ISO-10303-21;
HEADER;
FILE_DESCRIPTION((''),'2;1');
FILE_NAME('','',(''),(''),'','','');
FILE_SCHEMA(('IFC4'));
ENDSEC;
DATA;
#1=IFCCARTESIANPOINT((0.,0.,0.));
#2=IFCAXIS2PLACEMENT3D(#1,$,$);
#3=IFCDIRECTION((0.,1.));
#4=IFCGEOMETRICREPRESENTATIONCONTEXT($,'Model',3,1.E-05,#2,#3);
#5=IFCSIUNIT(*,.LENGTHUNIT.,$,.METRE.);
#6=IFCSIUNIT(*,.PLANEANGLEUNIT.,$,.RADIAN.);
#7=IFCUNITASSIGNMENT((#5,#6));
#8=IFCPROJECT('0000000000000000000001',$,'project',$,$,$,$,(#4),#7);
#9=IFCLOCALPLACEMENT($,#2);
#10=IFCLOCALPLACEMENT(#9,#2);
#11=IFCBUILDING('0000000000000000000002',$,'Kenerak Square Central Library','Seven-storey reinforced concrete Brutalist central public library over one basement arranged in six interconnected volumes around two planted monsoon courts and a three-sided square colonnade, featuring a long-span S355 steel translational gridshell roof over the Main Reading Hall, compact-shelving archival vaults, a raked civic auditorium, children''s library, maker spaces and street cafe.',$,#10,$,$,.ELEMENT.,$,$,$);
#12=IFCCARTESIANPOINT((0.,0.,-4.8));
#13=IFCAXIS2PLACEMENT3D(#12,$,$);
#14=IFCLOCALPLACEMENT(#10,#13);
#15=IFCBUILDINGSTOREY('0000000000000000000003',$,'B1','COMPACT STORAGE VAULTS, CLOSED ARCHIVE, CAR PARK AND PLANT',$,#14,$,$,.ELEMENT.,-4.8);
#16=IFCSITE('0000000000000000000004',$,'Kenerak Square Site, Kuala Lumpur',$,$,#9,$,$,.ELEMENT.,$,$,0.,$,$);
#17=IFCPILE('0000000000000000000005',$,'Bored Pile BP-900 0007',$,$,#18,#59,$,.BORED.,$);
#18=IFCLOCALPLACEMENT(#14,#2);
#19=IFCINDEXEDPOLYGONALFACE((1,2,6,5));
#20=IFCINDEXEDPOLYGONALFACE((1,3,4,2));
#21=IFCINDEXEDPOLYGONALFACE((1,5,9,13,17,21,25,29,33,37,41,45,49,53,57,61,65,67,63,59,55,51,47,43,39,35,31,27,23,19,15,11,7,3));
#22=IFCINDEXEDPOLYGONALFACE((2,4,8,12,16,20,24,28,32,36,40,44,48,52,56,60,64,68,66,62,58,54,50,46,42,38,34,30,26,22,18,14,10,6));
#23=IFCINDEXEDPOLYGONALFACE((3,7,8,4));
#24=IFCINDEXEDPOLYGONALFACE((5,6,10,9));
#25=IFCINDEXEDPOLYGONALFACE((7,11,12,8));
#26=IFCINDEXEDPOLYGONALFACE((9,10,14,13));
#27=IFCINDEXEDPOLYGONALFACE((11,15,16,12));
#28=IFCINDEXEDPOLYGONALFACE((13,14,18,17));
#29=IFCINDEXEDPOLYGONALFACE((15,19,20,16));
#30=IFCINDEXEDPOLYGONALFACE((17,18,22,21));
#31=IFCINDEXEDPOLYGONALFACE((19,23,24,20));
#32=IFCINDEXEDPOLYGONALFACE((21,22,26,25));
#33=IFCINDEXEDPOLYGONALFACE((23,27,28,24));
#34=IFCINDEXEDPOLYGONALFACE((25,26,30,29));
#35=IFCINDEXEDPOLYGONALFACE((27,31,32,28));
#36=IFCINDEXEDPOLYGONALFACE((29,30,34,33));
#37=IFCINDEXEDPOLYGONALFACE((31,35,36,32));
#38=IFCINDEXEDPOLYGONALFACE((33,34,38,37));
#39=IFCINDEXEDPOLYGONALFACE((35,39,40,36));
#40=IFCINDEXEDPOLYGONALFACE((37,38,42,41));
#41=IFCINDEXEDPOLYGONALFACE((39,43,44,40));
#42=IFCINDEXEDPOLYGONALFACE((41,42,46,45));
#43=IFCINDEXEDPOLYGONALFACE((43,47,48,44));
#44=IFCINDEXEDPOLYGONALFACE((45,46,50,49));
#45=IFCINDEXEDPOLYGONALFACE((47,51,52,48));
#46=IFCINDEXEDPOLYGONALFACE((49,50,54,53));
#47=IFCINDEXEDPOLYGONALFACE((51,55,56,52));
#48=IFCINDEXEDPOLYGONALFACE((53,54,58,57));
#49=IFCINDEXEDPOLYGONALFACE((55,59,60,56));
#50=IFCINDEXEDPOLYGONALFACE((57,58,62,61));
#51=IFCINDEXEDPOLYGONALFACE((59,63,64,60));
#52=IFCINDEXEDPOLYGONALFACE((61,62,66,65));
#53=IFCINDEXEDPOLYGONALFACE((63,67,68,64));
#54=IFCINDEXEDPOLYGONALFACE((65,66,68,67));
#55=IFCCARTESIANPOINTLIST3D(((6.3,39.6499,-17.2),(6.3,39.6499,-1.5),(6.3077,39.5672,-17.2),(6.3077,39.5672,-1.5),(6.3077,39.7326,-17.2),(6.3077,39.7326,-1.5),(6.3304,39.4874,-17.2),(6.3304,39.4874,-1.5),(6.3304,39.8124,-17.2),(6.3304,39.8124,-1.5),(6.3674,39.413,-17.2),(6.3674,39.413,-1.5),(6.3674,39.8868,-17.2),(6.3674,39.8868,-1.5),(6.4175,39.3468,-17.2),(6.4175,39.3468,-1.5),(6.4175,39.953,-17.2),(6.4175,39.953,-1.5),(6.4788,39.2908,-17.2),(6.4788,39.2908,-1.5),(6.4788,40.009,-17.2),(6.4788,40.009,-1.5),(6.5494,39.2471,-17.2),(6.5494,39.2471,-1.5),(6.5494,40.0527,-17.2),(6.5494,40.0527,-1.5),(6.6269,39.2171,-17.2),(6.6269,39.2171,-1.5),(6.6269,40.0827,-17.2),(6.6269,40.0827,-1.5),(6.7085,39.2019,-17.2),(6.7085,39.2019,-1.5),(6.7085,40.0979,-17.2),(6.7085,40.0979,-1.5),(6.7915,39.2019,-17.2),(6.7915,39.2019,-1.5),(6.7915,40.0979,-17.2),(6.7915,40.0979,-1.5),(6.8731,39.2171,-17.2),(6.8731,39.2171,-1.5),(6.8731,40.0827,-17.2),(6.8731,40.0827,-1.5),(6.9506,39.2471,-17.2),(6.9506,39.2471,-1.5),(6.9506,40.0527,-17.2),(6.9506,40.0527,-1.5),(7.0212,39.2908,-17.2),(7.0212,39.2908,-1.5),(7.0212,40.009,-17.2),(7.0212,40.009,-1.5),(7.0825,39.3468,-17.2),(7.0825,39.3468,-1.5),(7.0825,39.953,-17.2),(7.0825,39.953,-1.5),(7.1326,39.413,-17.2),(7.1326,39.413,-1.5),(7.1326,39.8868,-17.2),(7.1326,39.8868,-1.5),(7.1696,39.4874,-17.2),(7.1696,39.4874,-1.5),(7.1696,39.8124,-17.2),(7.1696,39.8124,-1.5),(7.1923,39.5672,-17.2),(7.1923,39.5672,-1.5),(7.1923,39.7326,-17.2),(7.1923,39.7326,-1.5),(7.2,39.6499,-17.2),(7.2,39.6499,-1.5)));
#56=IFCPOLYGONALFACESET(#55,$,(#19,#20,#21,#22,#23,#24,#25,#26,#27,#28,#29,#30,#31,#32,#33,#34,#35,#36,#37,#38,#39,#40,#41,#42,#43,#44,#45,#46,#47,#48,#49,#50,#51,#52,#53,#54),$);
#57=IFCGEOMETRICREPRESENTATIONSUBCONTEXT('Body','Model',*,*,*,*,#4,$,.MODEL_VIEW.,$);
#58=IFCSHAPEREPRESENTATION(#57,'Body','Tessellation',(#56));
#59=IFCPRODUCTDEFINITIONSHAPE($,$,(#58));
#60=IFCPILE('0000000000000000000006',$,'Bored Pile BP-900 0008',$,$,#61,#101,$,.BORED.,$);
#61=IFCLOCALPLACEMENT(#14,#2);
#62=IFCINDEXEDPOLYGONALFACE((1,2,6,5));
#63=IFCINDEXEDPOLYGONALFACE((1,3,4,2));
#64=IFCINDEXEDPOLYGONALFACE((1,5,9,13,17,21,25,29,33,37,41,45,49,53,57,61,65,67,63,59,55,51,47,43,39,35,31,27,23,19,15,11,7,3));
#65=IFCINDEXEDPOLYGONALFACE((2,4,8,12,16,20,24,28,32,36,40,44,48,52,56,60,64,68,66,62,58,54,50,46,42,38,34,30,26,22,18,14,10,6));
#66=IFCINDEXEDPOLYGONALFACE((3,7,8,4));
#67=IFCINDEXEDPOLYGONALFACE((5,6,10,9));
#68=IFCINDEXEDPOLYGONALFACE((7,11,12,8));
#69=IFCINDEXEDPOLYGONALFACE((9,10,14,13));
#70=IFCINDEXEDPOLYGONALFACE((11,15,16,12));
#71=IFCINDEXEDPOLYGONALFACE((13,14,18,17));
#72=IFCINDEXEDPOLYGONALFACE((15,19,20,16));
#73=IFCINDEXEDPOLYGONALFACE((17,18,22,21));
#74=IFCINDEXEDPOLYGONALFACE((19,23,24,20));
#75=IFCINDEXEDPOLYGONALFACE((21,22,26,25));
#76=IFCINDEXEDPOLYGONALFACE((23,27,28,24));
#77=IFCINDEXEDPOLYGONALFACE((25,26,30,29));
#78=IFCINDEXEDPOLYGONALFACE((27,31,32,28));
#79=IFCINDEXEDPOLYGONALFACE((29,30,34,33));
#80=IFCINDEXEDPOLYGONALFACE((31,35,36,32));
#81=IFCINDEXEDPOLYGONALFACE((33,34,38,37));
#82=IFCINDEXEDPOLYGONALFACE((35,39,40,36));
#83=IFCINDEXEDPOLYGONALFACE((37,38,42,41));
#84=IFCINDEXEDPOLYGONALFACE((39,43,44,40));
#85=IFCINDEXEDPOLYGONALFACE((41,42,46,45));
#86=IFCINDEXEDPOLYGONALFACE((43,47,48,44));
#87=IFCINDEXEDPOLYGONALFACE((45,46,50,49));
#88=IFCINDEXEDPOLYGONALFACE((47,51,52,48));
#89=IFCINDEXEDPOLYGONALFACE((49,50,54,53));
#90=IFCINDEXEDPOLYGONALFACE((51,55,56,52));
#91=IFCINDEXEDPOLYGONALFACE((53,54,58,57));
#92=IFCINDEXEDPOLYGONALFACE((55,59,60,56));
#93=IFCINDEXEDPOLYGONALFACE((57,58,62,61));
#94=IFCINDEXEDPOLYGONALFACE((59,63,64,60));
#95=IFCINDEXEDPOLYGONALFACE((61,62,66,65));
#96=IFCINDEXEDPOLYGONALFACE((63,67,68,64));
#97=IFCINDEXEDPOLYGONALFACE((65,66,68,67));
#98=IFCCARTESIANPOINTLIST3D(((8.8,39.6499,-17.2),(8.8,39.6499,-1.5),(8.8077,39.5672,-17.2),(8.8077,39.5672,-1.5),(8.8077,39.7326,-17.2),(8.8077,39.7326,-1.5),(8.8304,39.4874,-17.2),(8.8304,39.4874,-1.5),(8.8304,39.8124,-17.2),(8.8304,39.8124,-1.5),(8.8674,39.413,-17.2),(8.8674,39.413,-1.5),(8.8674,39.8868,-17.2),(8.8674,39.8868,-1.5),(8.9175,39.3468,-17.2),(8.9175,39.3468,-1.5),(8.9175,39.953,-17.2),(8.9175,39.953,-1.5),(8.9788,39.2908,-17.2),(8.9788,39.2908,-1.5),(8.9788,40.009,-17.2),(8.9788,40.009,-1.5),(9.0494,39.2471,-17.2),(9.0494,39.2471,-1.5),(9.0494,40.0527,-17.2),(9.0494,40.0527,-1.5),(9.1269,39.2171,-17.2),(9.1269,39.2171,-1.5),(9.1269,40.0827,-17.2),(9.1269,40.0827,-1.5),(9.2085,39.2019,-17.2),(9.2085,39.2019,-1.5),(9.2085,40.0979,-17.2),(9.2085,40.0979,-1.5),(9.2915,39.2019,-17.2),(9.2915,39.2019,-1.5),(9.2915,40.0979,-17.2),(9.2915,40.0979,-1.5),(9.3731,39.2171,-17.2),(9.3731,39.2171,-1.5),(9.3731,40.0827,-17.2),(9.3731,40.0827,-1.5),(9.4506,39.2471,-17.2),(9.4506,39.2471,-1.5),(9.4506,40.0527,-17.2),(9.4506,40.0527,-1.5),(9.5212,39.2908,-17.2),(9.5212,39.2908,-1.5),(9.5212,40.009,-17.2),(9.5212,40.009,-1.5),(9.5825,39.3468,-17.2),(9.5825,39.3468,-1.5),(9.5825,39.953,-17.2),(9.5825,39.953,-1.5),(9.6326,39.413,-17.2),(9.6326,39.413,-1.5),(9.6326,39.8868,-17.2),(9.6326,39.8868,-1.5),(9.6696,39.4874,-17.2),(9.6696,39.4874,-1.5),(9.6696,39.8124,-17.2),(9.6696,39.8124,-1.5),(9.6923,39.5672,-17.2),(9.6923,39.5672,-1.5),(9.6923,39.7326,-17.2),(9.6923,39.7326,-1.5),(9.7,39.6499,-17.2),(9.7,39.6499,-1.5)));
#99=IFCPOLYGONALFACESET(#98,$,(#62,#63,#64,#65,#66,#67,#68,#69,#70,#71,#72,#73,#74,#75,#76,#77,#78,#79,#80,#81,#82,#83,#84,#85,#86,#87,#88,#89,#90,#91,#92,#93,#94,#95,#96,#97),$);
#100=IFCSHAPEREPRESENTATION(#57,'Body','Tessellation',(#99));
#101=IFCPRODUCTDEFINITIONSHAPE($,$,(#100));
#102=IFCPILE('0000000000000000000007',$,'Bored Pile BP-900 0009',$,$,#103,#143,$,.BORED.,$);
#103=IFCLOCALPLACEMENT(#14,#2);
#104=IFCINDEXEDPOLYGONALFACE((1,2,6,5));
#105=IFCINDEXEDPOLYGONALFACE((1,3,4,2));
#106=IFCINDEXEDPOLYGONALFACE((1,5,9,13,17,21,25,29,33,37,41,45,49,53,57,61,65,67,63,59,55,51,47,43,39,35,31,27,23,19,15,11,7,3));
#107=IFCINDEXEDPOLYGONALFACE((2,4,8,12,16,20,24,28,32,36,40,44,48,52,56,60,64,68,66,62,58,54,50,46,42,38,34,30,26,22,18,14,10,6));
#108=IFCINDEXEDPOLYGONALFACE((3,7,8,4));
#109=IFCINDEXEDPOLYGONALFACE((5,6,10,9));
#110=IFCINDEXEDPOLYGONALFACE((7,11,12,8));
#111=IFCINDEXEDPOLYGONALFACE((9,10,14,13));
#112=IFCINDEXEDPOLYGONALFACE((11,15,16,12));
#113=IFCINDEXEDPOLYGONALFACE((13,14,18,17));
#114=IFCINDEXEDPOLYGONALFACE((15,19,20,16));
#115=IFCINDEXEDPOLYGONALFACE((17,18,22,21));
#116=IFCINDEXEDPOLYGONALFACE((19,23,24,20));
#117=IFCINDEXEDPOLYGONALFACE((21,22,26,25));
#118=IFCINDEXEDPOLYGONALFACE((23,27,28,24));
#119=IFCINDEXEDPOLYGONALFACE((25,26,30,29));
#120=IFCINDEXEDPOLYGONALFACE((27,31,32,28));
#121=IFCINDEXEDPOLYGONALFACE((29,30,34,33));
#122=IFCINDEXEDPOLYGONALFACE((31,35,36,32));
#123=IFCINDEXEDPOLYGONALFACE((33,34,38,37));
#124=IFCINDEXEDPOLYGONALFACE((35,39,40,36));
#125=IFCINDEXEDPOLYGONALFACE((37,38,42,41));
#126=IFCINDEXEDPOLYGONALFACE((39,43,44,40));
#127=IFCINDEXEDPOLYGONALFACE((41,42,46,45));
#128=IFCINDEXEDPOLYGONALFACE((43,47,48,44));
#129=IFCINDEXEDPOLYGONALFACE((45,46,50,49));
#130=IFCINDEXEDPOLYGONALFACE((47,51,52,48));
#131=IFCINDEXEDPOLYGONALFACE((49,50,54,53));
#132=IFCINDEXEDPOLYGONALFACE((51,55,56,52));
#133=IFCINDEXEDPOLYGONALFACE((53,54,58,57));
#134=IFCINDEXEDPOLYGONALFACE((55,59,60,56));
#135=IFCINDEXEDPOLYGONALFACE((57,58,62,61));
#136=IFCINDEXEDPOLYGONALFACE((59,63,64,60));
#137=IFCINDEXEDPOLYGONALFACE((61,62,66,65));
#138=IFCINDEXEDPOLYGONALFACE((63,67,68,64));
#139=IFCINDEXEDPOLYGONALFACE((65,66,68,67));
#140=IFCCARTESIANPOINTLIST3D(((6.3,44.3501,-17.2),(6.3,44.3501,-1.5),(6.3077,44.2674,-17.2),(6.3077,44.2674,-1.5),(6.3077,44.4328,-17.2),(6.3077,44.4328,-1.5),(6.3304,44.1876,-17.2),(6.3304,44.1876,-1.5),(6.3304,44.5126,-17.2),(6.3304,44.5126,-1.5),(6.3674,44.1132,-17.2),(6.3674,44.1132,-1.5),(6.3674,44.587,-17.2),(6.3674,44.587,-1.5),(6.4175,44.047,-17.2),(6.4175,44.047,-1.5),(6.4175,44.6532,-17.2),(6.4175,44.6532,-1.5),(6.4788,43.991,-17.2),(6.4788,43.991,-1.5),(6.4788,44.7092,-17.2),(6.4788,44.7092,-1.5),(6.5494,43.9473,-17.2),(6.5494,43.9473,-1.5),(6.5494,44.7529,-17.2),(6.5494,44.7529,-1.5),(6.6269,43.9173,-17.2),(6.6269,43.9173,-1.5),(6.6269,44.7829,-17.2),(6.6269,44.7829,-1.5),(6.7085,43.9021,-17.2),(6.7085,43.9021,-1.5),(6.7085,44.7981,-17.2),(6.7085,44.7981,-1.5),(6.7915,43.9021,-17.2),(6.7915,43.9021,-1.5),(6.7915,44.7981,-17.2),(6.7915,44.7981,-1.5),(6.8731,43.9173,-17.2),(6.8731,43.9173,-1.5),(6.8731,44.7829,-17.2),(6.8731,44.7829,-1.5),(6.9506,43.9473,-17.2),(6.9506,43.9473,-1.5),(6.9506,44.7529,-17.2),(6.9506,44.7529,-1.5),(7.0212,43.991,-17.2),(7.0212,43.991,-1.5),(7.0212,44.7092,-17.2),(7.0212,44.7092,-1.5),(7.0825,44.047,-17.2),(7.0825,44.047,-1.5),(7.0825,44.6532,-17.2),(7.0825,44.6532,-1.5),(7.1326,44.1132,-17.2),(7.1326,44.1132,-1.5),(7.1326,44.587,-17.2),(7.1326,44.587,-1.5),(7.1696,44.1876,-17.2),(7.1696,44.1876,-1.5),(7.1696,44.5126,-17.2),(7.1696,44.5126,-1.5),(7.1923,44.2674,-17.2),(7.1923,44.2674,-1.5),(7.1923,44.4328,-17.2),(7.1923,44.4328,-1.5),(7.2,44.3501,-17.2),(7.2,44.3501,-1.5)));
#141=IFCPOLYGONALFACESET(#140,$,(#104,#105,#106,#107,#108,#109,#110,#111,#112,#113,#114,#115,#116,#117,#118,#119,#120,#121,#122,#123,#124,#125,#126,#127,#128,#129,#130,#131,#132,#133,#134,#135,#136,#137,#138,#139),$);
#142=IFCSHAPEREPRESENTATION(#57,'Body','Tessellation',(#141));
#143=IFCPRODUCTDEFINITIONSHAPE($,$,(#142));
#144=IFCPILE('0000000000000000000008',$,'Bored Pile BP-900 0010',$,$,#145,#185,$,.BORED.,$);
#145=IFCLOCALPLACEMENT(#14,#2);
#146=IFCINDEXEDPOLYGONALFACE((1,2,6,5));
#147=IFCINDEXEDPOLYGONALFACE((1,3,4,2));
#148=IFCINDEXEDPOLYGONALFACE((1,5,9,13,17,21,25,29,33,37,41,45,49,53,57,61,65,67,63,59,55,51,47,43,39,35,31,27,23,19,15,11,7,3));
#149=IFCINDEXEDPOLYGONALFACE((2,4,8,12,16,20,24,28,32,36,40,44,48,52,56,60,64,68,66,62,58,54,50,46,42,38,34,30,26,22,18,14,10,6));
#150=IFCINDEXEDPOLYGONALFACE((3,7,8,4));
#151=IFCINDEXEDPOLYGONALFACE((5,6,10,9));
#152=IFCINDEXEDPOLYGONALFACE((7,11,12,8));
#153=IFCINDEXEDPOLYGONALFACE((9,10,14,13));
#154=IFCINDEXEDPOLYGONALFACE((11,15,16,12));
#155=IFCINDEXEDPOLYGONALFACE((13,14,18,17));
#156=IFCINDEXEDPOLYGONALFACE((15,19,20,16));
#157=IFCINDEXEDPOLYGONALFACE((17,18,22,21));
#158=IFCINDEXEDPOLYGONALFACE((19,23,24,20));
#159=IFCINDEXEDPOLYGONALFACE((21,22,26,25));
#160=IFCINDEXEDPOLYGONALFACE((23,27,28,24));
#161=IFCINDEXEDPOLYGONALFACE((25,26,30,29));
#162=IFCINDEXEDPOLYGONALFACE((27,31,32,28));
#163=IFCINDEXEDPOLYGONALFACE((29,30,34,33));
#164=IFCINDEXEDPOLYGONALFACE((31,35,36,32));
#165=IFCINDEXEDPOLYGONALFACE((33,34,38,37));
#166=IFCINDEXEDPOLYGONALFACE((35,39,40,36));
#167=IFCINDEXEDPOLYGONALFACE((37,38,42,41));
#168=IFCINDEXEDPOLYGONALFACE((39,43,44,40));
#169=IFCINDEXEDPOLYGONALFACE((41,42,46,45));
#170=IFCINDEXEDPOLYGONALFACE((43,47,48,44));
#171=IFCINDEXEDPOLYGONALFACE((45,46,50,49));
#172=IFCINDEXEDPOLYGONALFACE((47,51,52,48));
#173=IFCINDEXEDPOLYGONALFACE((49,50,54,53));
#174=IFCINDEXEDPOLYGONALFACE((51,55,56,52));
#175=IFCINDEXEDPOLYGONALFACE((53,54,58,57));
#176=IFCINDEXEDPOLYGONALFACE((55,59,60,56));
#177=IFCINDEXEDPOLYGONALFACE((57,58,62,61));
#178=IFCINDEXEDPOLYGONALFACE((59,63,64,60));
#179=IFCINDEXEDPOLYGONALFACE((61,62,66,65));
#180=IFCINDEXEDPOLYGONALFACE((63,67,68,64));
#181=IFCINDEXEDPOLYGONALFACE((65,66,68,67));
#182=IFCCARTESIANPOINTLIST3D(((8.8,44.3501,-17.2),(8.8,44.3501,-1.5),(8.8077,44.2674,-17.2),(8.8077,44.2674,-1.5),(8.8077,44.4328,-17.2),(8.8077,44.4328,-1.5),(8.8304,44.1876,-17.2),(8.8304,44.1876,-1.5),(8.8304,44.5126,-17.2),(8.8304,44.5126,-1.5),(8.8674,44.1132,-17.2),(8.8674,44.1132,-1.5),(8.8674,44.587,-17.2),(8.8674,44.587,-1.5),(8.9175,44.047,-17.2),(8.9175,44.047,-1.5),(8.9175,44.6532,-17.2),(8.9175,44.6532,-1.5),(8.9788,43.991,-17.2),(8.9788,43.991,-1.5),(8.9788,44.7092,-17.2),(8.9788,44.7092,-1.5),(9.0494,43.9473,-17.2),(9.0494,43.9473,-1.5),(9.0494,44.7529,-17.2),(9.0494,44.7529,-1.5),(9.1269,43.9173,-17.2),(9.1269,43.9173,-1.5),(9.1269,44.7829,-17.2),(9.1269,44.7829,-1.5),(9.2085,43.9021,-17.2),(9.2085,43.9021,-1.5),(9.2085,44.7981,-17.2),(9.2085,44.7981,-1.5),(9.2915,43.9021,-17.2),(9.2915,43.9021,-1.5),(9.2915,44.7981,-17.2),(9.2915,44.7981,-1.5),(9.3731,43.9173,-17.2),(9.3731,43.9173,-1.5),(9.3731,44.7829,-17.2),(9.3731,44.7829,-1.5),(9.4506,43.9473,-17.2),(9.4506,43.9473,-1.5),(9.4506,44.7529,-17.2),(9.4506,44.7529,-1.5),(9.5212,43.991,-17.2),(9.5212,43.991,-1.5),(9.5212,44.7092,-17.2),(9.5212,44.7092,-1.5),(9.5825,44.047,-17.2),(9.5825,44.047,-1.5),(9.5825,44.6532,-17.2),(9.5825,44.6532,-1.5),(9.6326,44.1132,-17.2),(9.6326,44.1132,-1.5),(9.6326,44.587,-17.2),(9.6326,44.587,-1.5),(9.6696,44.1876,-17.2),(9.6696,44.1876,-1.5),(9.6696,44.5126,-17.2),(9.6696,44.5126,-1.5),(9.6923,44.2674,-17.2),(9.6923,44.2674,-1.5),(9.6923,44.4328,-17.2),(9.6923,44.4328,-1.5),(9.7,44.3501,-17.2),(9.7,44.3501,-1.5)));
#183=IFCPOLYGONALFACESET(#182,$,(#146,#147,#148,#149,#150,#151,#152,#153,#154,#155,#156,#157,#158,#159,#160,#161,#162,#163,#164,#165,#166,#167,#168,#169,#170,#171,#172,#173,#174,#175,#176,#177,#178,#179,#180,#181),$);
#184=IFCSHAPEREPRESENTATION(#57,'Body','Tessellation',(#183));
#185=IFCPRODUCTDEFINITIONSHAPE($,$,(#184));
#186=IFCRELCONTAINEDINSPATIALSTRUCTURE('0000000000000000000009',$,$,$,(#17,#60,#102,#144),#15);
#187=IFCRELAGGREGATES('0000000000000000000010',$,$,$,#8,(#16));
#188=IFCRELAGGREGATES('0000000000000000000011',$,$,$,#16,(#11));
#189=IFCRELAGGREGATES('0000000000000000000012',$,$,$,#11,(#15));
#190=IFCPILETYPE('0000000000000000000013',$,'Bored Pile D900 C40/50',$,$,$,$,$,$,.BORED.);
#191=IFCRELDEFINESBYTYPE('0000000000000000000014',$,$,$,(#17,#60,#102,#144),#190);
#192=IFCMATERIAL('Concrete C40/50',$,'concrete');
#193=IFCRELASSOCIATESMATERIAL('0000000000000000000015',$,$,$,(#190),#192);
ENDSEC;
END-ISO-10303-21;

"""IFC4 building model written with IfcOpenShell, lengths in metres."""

from ifc_helpers import new_model, si_unit, direction, frame, origin, origin_2d, place, context, subcontext, project, spatial, circle, extrude, material, material_profile, profile_set, type_object, element, save


model = new_model("IFC4")

# Units and contexts
model_context = context("Model", 3, precision=1e-05, world=origin(), true_north=direction((0.0, 1.0)))
body_context = subcontext(model_context, "Body", "Model", "MODEL_VIEW")
ifc_project = project(units=[si_unit("LENGTHUNIT", "METRE"), si_unit("PLANEANGLEUNIT", "RADIAN")], contexts=[model_context])

# Site, building, storey
site_placement = place(None, origin())
site = spatial("IfcSite", under=ifc_project, at=site_placement, Name="Kenerak Square Site, Kuala Lumpur", CompositionType="ELEMENT", RefElevation=0.0)
building_placement = place(site_placement, origin())
building = spatial("IfcBuilding", under=site, at=building_placement, Name="Kenerak Square Central Library", Description="Seven-storey reinforced concrete Brutalist central public library over one basement arranged in six interconnected volumes around two planted monsoon courts and a three-sided square colonnade, featuring a long-span S355 steel translational gridshell roof over the Main Reading Hall, compact-shelving archival vaults, a raked civic auditorium, children's library, maker spaces and street cafe.", CompositionType="ELEMENT")
storey_placement = place(building_placement, frame((0.0, 0.0, -4.8)))
storey = spatial("IfcBuildingStorey", under=building, at=storey_placement, Name="B1", Description="COMPACT STORAGE VAULTS, CLOSED ARCHIVE, CAR PARK AND PLANT", CompositionType="ELEMENT", Elevation=-4.8)

# Piles
ifc_material_1 = material(Name="Concrete C40/50", Category="concrete")
ifc_material_profile_1 = material_profile(ifc_material_1, circle(Radius=0.45, at=origin_2d()), Name="BP D900")
ifc_profile_set_1 = profile_set([ifc_material_profile_1], Name="Concrete C40/50")
pile_type = type_object("IfcPileType", Name="Bored Pile D900 C40/50", PredefinedType="BORED", material=ifc_profile_set_1)
for number, where, z_axis, x_axis, name in (
    (1, (6.75, 39.6499, -1.5), (0.0, 0.0, -1.0), (1.0, 0.0, 0.0), "Bored Pile BP-900 0007"),
    (2, (9.25, 39.6499, -1.5), (0.0, 0.0, -1.0), (1.0, 0.0, 0.0), "Bored Pile BP-900 0008"),
    (3, (6.75, 44.3501, -1.5), (0.0, 0.0, -1.0), (1.0, 0.0, 0.0), "Bored Pile BP-900 0009"),
    (4, (9.25, 44.3501, -1.5), (0.0, 0.0, -1.0), (1.0, 0.0, 0.0), "Bored Pile BP-900 0010"),
):
    element("IfcPile", number, at=place(storey_placement, frame(where, z_axis=z_axis, x_axis=x_axis)), inside=storey, type_object=pile_type, Name=name, PredefinedType="BORED", context=body_context, shape_type="SweptSolid", body=[
        extrude(circle(Radius=0.45, at=origin_2d()), origin(), (0.0, 0.0, 1.0), 15.7),
    ])

save(model, "model.ifc")
